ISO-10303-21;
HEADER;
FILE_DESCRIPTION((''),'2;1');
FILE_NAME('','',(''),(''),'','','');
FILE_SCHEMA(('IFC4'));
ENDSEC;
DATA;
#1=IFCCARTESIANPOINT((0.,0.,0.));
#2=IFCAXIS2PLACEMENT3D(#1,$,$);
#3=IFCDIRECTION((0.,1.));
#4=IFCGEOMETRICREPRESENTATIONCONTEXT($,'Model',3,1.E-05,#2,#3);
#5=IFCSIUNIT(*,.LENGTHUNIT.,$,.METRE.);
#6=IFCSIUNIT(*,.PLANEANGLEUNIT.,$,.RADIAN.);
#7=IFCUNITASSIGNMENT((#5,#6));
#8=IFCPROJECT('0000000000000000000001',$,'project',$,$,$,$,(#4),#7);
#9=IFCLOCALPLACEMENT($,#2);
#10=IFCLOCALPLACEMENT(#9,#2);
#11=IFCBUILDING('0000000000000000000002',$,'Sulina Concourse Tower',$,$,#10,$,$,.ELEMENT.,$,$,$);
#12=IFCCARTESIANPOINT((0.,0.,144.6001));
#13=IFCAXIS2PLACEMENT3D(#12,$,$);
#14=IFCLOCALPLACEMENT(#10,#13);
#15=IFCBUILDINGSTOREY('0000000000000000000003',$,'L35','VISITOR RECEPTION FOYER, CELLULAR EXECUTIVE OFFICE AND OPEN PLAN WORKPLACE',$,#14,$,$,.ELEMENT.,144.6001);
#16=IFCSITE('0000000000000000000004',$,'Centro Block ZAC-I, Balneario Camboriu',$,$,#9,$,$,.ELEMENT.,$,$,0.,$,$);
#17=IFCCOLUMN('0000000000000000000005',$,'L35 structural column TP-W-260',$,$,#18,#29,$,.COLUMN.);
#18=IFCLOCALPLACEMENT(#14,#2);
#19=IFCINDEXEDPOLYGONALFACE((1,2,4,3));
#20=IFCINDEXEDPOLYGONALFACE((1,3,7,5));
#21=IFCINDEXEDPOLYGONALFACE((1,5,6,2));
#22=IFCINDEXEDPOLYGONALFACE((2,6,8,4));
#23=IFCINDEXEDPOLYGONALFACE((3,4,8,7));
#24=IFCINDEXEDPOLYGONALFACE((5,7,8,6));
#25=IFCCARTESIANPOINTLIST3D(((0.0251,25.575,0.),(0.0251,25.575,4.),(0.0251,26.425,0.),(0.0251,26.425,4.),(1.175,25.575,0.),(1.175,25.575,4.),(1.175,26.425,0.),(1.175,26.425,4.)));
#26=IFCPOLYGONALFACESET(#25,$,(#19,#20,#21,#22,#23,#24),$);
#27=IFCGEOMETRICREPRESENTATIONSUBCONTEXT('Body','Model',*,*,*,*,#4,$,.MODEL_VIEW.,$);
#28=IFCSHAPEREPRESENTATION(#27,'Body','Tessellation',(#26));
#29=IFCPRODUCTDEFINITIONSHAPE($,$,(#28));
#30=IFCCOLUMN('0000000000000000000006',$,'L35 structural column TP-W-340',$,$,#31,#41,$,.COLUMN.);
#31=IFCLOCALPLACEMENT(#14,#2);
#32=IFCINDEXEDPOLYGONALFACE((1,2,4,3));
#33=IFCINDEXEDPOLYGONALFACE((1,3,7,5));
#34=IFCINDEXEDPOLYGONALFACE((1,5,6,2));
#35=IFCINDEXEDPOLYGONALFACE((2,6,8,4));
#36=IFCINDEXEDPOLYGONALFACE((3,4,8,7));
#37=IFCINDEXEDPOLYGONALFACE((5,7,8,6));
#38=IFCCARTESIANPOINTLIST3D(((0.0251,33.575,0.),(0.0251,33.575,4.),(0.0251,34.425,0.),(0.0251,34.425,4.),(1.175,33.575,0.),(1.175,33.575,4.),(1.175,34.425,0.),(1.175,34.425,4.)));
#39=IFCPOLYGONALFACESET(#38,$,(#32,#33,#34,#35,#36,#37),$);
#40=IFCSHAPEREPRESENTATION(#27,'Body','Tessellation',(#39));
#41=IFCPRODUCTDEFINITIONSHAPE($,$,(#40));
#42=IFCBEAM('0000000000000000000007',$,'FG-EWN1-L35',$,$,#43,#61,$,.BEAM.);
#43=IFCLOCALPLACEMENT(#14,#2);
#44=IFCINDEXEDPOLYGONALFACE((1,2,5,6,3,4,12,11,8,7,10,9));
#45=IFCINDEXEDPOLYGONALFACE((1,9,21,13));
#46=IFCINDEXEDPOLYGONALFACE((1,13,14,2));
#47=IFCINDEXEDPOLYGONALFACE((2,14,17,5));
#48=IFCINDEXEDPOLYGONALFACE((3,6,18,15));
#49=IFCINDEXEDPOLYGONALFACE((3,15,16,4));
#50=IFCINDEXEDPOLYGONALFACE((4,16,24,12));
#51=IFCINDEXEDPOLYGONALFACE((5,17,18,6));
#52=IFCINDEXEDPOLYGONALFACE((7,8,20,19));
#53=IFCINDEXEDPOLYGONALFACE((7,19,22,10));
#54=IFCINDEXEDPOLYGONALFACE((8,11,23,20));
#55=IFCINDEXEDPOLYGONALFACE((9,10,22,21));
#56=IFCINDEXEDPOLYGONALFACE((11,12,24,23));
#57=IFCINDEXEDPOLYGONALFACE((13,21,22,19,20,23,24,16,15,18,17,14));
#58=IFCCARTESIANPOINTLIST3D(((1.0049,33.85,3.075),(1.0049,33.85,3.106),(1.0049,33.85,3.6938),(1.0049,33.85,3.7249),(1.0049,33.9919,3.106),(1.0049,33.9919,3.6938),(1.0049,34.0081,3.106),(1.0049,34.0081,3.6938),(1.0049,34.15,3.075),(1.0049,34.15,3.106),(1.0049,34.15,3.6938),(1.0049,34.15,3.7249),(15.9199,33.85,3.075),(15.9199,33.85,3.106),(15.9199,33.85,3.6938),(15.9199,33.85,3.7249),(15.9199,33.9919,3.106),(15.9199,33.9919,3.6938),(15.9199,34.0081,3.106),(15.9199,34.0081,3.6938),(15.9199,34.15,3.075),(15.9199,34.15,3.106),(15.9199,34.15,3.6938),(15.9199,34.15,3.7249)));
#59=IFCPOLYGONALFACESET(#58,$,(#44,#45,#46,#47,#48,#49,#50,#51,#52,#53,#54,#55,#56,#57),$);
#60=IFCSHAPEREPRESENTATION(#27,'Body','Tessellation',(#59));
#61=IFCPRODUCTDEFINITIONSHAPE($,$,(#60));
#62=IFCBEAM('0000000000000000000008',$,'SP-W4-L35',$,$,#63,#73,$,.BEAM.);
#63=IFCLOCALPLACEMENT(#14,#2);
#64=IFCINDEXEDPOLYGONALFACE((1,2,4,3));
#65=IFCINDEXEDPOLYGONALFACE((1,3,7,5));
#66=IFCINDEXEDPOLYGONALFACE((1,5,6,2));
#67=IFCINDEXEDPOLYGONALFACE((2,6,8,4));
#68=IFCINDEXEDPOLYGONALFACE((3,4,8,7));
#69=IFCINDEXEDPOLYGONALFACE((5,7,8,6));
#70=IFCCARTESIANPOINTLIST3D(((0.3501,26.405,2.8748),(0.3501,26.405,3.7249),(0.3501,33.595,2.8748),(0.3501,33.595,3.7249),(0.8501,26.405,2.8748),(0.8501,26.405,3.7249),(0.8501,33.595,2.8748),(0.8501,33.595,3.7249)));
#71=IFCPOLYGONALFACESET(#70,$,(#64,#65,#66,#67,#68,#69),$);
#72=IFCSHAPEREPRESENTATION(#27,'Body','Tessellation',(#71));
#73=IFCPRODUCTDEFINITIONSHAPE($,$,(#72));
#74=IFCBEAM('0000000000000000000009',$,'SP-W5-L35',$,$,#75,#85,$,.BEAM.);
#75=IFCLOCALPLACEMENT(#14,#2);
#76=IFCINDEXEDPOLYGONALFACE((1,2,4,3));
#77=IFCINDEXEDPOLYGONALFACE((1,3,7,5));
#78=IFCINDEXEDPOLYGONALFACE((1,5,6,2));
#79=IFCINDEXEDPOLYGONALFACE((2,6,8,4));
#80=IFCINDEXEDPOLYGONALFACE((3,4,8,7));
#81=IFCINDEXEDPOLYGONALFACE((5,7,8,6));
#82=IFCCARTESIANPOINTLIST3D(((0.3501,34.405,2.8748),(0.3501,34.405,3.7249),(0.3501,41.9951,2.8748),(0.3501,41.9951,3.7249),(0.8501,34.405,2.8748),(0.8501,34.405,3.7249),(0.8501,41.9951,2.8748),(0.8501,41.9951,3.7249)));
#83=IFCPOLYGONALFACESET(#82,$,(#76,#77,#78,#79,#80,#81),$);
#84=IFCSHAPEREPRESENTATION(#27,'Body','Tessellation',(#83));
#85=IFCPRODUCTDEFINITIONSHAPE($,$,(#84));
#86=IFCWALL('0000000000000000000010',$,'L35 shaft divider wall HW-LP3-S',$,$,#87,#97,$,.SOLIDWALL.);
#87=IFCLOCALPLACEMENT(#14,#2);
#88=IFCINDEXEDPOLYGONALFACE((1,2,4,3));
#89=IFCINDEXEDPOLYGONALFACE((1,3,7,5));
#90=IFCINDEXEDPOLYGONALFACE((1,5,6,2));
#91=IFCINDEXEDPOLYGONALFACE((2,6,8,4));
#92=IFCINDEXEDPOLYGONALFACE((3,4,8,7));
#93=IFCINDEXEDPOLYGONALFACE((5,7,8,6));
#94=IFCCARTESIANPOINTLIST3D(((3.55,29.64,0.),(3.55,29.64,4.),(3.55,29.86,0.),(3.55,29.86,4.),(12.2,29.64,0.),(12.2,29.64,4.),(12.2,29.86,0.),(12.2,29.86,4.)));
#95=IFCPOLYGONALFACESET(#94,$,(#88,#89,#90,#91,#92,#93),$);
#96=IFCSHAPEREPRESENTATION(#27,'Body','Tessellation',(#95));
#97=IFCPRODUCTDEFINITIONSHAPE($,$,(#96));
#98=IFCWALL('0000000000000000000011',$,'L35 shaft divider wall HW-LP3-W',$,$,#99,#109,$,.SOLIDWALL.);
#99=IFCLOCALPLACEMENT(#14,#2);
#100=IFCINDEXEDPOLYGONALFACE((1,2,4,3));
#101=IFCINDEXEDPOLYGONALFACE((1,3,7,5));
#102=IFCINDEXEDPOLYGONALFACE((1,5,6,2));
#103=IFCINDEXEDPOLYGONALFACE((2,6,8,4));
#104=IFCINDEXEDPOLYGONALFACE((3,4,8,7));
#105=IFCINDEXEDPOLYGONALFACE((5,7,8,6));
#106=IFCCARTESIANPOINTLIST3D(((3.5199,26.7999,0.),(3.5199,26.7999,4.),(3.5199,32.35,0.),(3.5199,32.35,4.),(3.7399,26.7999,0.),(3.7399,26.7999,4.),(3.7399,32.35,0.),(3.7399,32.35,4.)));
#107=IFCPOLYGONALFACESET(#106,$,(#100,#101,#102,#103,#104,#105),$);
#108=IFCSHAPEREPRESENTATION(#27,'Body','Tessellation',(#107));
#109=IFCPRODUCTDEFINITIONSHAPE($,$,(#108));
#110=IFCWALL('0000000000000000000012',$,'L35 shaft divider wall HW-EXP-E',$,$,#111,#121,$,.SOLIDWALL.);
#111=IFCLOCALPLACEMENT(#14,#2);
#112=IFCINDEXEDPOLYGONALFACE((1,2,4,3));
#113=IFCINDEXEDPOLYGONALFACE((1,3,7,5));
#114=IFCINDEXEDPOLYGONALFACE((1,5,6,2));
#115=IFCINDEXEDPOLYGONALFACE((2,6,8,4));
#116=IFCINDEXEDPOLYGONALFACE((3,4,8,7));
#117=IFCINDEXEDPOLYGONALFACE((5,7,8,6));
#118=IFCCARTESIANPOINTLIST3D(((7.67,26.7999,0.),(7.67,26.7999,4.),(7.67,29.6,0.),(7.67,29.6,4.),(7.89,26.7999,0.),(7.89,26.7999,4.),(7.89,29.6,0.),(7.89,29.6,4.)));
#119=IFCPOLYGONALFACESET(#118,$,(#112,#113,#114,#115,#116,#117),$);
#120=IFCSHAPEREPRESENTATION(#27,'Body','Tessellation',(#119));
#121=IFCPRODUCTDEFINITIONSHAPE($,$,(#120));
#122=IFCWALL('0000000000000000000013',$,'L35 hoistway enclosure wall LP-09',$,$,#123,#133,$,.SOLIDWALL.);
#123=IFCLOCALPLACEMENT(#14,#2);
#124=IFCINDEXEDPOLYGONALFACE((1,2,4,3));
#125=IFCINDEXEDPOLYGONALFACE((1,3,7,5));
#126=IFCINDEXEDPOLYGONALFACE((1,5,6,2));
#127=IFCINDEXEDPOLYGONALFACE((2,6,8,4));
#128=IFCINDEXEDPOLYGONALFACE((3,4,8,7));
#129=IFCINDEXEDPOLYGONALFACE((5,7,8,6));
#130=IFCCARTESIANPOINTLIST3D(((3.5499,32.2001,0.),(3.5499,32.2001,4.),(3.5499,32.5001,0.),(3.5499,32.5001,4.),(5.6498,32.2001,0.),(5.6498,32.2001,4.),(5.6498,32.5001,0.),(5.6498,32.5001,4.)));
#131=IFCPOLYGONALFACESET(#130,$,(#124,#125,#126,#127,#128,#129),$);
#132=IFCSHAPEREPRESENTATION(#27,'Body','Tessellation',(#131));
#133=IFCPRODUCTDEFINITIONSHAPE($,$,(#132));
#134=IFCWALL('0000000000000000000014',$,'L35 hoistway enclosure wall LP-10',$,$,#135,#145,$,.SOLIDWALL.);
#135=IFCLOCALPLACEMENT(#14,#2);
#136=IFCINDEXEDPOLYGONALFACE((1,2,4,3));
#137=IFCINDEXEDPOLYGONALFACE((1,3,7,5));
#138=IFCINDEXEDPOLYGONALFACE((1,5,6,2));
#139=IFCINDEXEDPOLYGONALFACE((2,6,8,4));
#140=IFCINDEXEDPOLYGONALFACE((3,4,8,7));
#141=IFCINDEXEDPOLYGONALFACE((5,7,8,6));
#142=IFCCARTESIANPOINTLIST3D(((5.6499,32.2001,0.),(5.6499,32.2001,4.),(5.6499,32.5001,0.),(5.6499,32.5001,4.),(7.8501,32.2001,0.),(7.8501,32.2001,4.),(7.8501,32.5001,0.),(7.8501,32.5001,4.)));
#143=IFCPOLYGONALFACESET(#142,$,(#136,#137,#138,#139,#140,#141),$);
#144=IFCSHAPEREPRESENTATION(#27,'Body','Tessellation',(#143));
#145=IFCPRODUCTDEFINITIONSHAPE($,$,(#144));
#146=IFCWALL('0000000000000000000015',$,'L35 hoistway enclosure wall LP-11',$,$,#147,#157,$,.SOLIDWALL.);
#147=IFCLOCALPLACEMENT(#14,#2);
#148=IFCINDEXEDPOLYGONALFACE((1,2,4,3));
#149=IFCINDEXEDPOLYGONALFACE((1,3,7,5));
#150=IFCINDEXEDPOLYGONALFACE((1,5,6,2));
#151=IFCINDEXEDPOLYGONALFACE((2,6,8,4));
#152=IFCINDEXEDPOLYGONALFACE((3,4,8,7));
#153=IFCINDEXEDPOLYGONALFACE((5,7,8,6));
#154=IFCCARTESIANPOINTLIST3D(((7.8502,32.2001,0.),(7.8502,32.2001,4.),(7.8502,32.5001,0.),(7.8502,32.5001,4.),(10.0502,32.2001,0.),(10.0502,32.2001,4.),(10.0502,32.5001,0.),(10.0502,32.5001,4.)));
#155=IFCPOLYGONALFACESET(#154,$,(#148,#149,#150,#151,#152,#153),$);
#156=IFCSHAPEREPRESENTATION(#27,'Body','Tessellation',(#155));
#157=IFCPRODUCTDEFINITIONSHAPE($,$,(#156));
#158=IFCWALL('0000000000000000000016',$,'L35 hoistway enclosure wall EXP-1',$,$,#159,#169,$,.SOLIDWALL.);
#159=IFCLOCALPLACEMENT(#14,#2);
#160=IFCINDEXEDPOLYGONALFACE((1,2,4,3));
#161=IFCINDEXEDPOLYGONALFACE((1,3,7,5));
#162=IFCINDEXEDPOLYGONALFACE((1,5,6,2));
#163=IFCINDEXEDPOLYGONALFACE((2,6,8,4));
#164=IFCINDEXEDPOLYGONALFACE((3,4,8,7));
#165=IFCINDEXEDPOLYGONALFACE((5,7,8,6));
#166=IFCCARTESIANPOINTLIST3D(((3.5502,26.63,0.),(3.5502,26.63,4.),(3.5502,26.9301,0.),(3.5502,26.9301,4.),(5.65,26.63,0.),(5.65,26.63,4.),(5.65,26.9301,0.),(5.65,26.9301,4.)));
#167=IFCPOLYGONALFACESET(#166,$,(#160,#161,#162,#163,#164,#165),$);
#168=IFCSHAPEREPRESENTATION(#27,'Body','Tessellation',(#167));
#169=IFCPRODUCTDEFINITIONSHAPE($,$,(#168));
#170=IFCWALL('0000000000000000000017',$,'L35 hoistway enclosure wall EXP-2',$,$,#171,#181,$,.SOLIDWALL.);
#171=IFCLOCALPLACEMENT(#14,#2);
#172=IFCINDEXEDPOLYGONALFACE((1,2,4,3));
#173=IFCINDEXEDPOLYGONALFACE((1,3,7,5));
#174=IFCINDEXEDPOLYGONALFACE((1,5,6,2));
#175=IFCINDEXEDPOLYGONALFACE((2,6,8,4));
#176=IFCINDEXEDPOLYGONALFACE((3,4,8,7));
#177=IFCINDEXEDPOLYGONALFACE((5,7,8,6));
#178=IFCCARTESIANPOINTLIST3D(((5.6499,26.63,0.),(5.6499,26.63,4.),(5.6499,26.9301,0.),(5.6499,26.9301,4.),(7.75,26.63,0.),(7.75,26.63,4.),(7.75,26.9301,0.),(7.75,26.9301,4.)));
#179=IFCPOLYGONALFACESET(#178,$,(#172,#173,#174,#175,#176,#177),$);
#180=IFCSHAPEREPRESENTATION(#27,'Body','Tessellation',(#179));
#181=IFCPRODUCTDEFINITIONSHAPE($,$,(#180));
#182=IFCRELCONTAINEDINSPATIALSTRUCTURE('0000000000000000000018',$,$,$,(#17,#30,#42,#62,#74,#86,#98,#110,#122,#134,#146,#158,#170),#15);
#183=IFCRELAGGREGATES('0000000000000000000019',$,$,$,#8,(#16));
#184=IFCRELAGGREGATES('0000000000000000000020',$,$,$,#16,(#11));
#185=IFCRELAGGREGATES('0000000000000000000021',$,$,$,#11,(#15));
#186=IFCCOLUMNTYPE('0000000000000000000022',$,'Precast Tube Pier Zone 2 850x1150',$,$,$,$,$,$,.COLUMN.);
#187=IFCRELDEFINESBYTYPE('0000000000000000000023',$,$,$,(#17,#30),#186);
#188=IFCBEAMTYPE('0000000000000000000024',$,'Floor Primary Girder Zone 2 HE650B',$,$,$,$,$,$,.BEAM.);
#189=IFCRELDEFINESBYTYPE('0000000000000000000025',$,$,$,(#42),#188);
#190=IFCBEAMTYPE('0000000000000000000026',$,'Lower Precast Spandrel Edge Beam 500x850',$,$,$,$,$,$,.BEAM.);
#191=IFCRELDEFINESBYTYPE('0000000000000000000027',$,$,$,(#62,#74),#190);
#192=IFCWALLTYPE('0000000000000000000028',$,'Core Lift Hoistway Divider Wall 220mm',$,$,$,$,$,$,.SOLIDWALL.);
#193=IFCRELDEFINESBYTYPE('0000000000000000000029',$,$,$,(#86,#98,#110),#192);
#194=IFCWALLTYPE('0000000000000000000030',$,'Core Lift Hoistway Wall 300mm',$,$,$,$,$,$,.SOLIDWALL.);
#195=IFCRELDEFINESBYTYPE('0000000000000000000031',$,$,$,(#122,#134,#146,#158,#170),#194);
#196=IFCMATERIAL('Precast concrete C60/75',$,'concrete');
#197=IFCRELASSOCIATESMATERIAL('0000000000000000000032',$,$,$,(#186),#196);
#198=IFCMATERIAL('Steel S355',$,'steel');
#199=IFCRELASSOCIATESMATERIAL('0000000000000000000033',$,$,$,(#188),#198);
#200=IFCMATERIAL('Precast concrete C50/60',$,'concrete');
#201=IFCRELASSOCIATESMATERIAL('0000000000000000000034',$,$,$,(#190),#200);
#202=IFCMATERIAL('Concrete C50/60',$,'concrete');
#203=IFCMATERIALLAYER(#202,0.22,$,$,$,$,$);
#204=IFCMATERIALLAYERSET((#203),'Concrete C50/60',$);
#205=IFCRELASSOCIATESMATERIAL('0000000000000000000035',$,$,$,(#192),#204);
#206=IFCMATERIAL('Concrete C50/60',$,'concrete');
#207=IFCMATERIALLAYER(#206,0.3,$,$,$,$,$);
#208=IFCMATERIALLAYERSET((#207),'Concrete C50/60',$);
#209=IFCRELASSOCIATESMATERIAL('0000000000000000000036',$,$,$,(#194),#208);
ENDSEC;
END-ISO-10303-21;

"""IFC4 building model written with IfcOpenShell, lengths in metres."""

from ifc_helpers import new_model, si_unit, direction, frame, frame_2d, origin, origin_2d, place, context, subcontext, project, spatial, rectangle, i_section, extrude, material, layer, layer_set, material_profile, profile_set, type_object, element, save


model = new_model("IFC4")

# Units and contexts
model_context = context("Model", 3, precision=1e-05, world=origin(), true_north=direction((0.0, 1.0)))
body_context = subcontext(model_context, "Body", "Model", "MODEL_VIEW")
ifc_project = project(units=[si_unit("LENGTHUNIT", "METRE"), si_unit("PLANEANGLEUNIT", "RADIAN")], contexts=[model_context])

# Site, building, storey
site_placement = place(None, origin())
site = spatial("IfcSite", under=ifc_project, at=site_placement, Name="Centro Block ZAC-I, Balneario Camboriu", CompositionType="ELEMENT", RefElevation=0.0)
building_placement = place(site_placement, origin())
building = spatial("IfcBuilding", under=site, at=building_placement, Name="Sulina Concourse Tower", CompositionType="ELEMENT")
storey_placement = place(building_placement, frame((0.0, 0.0, 144.6001)))
storey = spatial("IfcBuildingStorey", under=building, at=storey_placement, Name="L35", Description="VISITOR RECEPTION FOYER, CELLULAR EXECUTIVE OFFICE AND OPEN PLAN WORKPLACE", CompositionType="ELEMENT", Elevation=144.6001)

# Columns
ifc_material_1 = material(Name="Precast concrete C60/75", Category="concrete")
ifc_material_profile_1 = material_profile(ifc_material_1, rectangle(XDim=0.8501, YDim=1.1499, at=origin_2d()), Name="PC 850x1150")
ifc_profile_set_1 = profile_set([ifc_material_profile_1], Name="Precast concrete C60/75")
column_type = type_object("IfcColumnType", Name="Precast Tube Pier Zone 2 850x1150", PredefinedType="COLUMN", material=ifc_profile_set_1)
for number, where, z_axis, x_axis, name in (
    (1, (0.6001, 26.0, 0.0), (0.0, 0.0, 1.0), (0.0, 1.0, 0.0), "L35 structural column TP-W-260"),
    (2, (0.6001, 34.0, 0.0), (0.0, 0.0, 1.0), (0.0, 1.0, 0.0), "L35 structural column TP-W-340"),
):
    element("IfcColumn", number, at=place(storey_placement, frame(where, z_axis=z_axis, x_axis=x_axis)), inside=storey, type_object=column_type, Name=name, PredefinedType="COLUMN", context=body_context, shape_type="SweptSolid", body=[
        extrude(rectangle(XDim=0.8501, YDim=1.1499, at=origin_2d()), origin(), (0.0, 0.0, 1.0), 4.0),
    ])

# Beams
ifc_material_2 = material(Name="Steel S355", Category="steel")
ifc_material_profile_2 = material_profile(ifc_material_2, i_section(OverallWidth=0.3, OverallDepth=0.6499, WebThickness=0.0161, FlangeThickness=0.031, at=origin_2d()), Name="HE 650 B")
ifc_profile_set_2 = profile_set([ifc_material_profile_2], Name="Steel S355")
beam_type_1 = type_object("IfcBeamType", Name="Floor Primary Girder Zone 2 HE650B", PredefinedType="BEAM", material=ifc_profile_set_2)
beam_1_placement = place(storey_placement, frame((1.0049, 34.0, 3.3999), z_axis=(1.0, 0.0, 0.0), x_axis=(0.0, 1.0, 0.0)))
element("IfcBeam", 3, at=beam_1_placement, inside=storey, type_object=beam_type_1, Name="FG-EWN1-L35", PredefinedType="BEAM", context=body_context, shape_type="SweptSolid", body=[
    extrude(i_section(OverallWidth=0.3, OverallDepth=0.6499, WebThickness=0.0161, FlangeThickness=0.031, at=origin_2d()), origin(), (0.0, 0.0, 1.0), 14.915),
])
ifc_material_3 = material(Name="Precast concrete C50/60", Category="concrete")
ifc_material_profile_3 = material_profile(ifc_material_3, rectangle(XDim=0.5, YDim=0.8501, at=origin_2d()), Name="RC 500x850")
ifc_profile_set_3 = profile_set([ifc_material_profile_3], Name="Precast concrete C50/60")
beam_type_2 = type_object("IfcBeamType", Name="Lower Precast Spandrel Edge Beam 500x850", PredefinedType="BEAM", material=ifc_profile_set_3)
beam_2_placement = place(storey_placement, frame((0.6001, 26.405, 3.2998), z_axis=(0.0, 1.0, 0.0), x_axis=(-1.0, 0.0, 0.0)))
element("IfcBeam", 4, at=beam_2_placement, inside=storey, type_object=beam_type_2, Name="SP-W4-L35", PredefinedType="BEAM", context=body_context, shape_type="SweptSolid", body=[
    extrude(rectangle(XDim=0.5, YDim=0.8501, at=origin_2d()), origin(), (0.0, 0.0, 1.0), 7.1899),
])
beam_3_placement = place(storey_placement, frame((0.6001, 34.405, 3.2998), z_axis=(0.0, 1.0, 0.0), x_axis=(-1.0, 0.0, 0.0)))
element("IfcBeam", 5, at=beam_3_placement, inside=storey, type_object=beam_type_2, Name="SP-W5-L35", PredefinedType="BEAM", context=body_context, shape_type="SweptSolid", body=[
    extrude(rectangle(XDim=0.5, YDim=0.8501, at=origin_2d()), origin(), (0.0, 0.0, 1.0), 7.5901),
])

# Walls
ifc_material_4 = material(Name="Concrete C50/60", Category="concrete")
ifc_layer_1 = layer(ifc_material_4, 0.22)
ifc_layer_set_1 = layer_set([ifc_layer_1], Name="Concrete C50/60")
wall_type_1 = type_object("IfcWallType", Name="Core Lift Hoistway Divider Wall 220mm", PredefinedType="SOLIDWALL", material=ifc_layer_set_1)
wall_1_placement = place(storey_placement, frame((3.55, 29.75, 0.0), z_axis=(0.0, 0.0, 1.0), x_axis=(1.0, 0.0, 0.0)))
element("IfcWall", 6, at=wall_1_placement, inside=storey, type_object=wall_type_1, Name="L35 shaft divider wall HW-LP3-S", PredefinedType="SOLIDWALL", context=body_context, shape_type="SweptSolid", body=[
    extrude(rectangle(XDim=8.6499, YDim=0.22, at=frame_2d((4.325, 0.0))), origin(), (0.0, 0.0, 1.0), 4.0),
])
wall_2_placement = place(storey_placement, frame((3.6299, 26.8, 0.0), z_axis=(0.0, 0.0, 1.0), x_axis=(0.0, 1.0, 0.0)))
element("IfcWall", 7, at=wall_2_placement, inside=storey, type_object=wall_type_1, Name="L35 shaft divider wall HW-LP3-W", PredefinedType="SOLIDWALL", context=body_context, shape_type="SweptSolid", body=[
    extrude(rectangle(XDim=5.55, YDim=0.22, at=frame_2d((2.7749, 0.0))), origin(), (0.0, 0.0, 1.0), 4.0),
])
wall_3_placement = place(storey_placement, frame((7.78, 26.8, 0.0), z_axis=(0.0, 0.0, 1.0), x_axis=(0.0, 1.0, 0.0)))
element("IfcWall", 8, at=wall_3_placement, inside=storey, type_object=wall_type_1, Name="L35 shaft divider wall HW-EXP-E", PredefinedType="SOLIDWALL", context=body_context, shape_type="SweptSolid", body=[
    extrude(rectangle(XDim=2.8, YDim=0.22, at=frame_2d((1.3999, 0.0))), origin(), (0.0, 0.0, 1.0), 4.0),
])
ifc_material_5 = material(Name="Concrete C50/60", Category="concrete")
ifc_layer_2 = layer(ifc_material_5, 0.3)
ifc_layer_set_2 = layer_set([ifc_layer_2], Name="Concrete C50/60")
wall_type_2 = type_object("IfcWallType", Name="Core Lift Hoistway Wall 300mm", PredefinedType="SOLIDWALL", material=ifc_layer_set_2)
wall_4_placement = place(storey_placement, frame((3.55, 32.3501, 0.0), z_axis=(0.0, 0.0, 1.0), x_axis=(1.0, 0.0, 0.0)))
element("IfcWall", 9, at=wall_4_placement, inside=storey, type_object=wall_type_2, Name="L35 hoistway enclosure wall LP-09", PredefinedType="SOLIDWALL", context=body_context, shape_type="SweptSolid", body=[
    extrude(rectangle(XDim=2.0999, YDim=0.3, at=frame_2d((1.0498, 0.0))), origin(), (0.0, 0.0, 1.0), 4.0),
])
wall_5_placement = place(storey_placement, frame((5.6499, 32.3501, 0.0), z_axis=(0.0, 0.0, 1.0), x_axis=(1.0, 0.0, 0.0)))
element("IfcWall", 10, at=wall_5_placement, inside=storey, type_object=wall_type_2, Name="L35 hoistway enclosure wall LP-10", PredefinedType="SOLIDWALL", context=body_context, shape_type="SweptSolid", body=[
    extrude(rectangle(XDim=2.2002, YDim=0.3, at=frame_2d((1.1001, 0.0))), origin(), (0.0, 0.0, 1.0), 4.0),
])
wall_6_placement = place(storey_placement, frame((7.8501, 32.3501, 0.0), z_axis=(0.0, 0.0, 1.0), x_axis=(1.0, 0.0, 0.0)))
element("IfcWall", 11, at=wall_6_placement, inside=storey, type_object=wall_type_2, Name="L35 hoistway enclosure wall LP-11", PredefinedType="SOLIDWALL", context=body_context, shape_type="SweptSolid", body=[
    extrude(rectangle(XDim=2.2, YDim=0.3, at=frame_2d((1.1001, 0.0))), origin(), (0.0, 0.0, 1.0), 4.0),
])
wall_7_placement = place(storey_placement, frame((5.6499, 26.78, 0.0), z_axis=(0.0, 0.0, 1.0), x_axis=(-1.0, 0.0, 0.0)))
element("IfcWall", 12, at=wall_7_placement, inside=storey, type_object=wall_type_2, Name="L35 hoistway enclosure wall EXP-1", PredefinedType="SOLIDWALL", context=body_context, shape_type="SweptSolid", body=[
    extrude(rectangle(XDim=2.0999, YDim=0.3, at=frame_2d((1.0498, 0.0))), origin(), (0.0, 0.0, 1.0), 4.0),
])
wall_8_placement = place(storey_placement, frame((7.75, 26.78, 0.0), z_axis=(0.0, 0.0, 1.0), x_axis=(-1.0, 0.0, 0.0)))
element("IfcWall", 13, at=wall_8_placement, inside=storey, type_object=wall_type_2, Name="L35 hoistway enclosure wall EXP-2", PredefinedType="SOLIDWALL", context=body_context, shape_type="SweptSolid", body=[
    extrude(rectangle(XDim=2.1001, YDim=0.3, at=frame_2d((1.05, 0.0))), origin(), (0.0, 0.0, 1.0), 4.0),
])

save(model, "model.ifc")
